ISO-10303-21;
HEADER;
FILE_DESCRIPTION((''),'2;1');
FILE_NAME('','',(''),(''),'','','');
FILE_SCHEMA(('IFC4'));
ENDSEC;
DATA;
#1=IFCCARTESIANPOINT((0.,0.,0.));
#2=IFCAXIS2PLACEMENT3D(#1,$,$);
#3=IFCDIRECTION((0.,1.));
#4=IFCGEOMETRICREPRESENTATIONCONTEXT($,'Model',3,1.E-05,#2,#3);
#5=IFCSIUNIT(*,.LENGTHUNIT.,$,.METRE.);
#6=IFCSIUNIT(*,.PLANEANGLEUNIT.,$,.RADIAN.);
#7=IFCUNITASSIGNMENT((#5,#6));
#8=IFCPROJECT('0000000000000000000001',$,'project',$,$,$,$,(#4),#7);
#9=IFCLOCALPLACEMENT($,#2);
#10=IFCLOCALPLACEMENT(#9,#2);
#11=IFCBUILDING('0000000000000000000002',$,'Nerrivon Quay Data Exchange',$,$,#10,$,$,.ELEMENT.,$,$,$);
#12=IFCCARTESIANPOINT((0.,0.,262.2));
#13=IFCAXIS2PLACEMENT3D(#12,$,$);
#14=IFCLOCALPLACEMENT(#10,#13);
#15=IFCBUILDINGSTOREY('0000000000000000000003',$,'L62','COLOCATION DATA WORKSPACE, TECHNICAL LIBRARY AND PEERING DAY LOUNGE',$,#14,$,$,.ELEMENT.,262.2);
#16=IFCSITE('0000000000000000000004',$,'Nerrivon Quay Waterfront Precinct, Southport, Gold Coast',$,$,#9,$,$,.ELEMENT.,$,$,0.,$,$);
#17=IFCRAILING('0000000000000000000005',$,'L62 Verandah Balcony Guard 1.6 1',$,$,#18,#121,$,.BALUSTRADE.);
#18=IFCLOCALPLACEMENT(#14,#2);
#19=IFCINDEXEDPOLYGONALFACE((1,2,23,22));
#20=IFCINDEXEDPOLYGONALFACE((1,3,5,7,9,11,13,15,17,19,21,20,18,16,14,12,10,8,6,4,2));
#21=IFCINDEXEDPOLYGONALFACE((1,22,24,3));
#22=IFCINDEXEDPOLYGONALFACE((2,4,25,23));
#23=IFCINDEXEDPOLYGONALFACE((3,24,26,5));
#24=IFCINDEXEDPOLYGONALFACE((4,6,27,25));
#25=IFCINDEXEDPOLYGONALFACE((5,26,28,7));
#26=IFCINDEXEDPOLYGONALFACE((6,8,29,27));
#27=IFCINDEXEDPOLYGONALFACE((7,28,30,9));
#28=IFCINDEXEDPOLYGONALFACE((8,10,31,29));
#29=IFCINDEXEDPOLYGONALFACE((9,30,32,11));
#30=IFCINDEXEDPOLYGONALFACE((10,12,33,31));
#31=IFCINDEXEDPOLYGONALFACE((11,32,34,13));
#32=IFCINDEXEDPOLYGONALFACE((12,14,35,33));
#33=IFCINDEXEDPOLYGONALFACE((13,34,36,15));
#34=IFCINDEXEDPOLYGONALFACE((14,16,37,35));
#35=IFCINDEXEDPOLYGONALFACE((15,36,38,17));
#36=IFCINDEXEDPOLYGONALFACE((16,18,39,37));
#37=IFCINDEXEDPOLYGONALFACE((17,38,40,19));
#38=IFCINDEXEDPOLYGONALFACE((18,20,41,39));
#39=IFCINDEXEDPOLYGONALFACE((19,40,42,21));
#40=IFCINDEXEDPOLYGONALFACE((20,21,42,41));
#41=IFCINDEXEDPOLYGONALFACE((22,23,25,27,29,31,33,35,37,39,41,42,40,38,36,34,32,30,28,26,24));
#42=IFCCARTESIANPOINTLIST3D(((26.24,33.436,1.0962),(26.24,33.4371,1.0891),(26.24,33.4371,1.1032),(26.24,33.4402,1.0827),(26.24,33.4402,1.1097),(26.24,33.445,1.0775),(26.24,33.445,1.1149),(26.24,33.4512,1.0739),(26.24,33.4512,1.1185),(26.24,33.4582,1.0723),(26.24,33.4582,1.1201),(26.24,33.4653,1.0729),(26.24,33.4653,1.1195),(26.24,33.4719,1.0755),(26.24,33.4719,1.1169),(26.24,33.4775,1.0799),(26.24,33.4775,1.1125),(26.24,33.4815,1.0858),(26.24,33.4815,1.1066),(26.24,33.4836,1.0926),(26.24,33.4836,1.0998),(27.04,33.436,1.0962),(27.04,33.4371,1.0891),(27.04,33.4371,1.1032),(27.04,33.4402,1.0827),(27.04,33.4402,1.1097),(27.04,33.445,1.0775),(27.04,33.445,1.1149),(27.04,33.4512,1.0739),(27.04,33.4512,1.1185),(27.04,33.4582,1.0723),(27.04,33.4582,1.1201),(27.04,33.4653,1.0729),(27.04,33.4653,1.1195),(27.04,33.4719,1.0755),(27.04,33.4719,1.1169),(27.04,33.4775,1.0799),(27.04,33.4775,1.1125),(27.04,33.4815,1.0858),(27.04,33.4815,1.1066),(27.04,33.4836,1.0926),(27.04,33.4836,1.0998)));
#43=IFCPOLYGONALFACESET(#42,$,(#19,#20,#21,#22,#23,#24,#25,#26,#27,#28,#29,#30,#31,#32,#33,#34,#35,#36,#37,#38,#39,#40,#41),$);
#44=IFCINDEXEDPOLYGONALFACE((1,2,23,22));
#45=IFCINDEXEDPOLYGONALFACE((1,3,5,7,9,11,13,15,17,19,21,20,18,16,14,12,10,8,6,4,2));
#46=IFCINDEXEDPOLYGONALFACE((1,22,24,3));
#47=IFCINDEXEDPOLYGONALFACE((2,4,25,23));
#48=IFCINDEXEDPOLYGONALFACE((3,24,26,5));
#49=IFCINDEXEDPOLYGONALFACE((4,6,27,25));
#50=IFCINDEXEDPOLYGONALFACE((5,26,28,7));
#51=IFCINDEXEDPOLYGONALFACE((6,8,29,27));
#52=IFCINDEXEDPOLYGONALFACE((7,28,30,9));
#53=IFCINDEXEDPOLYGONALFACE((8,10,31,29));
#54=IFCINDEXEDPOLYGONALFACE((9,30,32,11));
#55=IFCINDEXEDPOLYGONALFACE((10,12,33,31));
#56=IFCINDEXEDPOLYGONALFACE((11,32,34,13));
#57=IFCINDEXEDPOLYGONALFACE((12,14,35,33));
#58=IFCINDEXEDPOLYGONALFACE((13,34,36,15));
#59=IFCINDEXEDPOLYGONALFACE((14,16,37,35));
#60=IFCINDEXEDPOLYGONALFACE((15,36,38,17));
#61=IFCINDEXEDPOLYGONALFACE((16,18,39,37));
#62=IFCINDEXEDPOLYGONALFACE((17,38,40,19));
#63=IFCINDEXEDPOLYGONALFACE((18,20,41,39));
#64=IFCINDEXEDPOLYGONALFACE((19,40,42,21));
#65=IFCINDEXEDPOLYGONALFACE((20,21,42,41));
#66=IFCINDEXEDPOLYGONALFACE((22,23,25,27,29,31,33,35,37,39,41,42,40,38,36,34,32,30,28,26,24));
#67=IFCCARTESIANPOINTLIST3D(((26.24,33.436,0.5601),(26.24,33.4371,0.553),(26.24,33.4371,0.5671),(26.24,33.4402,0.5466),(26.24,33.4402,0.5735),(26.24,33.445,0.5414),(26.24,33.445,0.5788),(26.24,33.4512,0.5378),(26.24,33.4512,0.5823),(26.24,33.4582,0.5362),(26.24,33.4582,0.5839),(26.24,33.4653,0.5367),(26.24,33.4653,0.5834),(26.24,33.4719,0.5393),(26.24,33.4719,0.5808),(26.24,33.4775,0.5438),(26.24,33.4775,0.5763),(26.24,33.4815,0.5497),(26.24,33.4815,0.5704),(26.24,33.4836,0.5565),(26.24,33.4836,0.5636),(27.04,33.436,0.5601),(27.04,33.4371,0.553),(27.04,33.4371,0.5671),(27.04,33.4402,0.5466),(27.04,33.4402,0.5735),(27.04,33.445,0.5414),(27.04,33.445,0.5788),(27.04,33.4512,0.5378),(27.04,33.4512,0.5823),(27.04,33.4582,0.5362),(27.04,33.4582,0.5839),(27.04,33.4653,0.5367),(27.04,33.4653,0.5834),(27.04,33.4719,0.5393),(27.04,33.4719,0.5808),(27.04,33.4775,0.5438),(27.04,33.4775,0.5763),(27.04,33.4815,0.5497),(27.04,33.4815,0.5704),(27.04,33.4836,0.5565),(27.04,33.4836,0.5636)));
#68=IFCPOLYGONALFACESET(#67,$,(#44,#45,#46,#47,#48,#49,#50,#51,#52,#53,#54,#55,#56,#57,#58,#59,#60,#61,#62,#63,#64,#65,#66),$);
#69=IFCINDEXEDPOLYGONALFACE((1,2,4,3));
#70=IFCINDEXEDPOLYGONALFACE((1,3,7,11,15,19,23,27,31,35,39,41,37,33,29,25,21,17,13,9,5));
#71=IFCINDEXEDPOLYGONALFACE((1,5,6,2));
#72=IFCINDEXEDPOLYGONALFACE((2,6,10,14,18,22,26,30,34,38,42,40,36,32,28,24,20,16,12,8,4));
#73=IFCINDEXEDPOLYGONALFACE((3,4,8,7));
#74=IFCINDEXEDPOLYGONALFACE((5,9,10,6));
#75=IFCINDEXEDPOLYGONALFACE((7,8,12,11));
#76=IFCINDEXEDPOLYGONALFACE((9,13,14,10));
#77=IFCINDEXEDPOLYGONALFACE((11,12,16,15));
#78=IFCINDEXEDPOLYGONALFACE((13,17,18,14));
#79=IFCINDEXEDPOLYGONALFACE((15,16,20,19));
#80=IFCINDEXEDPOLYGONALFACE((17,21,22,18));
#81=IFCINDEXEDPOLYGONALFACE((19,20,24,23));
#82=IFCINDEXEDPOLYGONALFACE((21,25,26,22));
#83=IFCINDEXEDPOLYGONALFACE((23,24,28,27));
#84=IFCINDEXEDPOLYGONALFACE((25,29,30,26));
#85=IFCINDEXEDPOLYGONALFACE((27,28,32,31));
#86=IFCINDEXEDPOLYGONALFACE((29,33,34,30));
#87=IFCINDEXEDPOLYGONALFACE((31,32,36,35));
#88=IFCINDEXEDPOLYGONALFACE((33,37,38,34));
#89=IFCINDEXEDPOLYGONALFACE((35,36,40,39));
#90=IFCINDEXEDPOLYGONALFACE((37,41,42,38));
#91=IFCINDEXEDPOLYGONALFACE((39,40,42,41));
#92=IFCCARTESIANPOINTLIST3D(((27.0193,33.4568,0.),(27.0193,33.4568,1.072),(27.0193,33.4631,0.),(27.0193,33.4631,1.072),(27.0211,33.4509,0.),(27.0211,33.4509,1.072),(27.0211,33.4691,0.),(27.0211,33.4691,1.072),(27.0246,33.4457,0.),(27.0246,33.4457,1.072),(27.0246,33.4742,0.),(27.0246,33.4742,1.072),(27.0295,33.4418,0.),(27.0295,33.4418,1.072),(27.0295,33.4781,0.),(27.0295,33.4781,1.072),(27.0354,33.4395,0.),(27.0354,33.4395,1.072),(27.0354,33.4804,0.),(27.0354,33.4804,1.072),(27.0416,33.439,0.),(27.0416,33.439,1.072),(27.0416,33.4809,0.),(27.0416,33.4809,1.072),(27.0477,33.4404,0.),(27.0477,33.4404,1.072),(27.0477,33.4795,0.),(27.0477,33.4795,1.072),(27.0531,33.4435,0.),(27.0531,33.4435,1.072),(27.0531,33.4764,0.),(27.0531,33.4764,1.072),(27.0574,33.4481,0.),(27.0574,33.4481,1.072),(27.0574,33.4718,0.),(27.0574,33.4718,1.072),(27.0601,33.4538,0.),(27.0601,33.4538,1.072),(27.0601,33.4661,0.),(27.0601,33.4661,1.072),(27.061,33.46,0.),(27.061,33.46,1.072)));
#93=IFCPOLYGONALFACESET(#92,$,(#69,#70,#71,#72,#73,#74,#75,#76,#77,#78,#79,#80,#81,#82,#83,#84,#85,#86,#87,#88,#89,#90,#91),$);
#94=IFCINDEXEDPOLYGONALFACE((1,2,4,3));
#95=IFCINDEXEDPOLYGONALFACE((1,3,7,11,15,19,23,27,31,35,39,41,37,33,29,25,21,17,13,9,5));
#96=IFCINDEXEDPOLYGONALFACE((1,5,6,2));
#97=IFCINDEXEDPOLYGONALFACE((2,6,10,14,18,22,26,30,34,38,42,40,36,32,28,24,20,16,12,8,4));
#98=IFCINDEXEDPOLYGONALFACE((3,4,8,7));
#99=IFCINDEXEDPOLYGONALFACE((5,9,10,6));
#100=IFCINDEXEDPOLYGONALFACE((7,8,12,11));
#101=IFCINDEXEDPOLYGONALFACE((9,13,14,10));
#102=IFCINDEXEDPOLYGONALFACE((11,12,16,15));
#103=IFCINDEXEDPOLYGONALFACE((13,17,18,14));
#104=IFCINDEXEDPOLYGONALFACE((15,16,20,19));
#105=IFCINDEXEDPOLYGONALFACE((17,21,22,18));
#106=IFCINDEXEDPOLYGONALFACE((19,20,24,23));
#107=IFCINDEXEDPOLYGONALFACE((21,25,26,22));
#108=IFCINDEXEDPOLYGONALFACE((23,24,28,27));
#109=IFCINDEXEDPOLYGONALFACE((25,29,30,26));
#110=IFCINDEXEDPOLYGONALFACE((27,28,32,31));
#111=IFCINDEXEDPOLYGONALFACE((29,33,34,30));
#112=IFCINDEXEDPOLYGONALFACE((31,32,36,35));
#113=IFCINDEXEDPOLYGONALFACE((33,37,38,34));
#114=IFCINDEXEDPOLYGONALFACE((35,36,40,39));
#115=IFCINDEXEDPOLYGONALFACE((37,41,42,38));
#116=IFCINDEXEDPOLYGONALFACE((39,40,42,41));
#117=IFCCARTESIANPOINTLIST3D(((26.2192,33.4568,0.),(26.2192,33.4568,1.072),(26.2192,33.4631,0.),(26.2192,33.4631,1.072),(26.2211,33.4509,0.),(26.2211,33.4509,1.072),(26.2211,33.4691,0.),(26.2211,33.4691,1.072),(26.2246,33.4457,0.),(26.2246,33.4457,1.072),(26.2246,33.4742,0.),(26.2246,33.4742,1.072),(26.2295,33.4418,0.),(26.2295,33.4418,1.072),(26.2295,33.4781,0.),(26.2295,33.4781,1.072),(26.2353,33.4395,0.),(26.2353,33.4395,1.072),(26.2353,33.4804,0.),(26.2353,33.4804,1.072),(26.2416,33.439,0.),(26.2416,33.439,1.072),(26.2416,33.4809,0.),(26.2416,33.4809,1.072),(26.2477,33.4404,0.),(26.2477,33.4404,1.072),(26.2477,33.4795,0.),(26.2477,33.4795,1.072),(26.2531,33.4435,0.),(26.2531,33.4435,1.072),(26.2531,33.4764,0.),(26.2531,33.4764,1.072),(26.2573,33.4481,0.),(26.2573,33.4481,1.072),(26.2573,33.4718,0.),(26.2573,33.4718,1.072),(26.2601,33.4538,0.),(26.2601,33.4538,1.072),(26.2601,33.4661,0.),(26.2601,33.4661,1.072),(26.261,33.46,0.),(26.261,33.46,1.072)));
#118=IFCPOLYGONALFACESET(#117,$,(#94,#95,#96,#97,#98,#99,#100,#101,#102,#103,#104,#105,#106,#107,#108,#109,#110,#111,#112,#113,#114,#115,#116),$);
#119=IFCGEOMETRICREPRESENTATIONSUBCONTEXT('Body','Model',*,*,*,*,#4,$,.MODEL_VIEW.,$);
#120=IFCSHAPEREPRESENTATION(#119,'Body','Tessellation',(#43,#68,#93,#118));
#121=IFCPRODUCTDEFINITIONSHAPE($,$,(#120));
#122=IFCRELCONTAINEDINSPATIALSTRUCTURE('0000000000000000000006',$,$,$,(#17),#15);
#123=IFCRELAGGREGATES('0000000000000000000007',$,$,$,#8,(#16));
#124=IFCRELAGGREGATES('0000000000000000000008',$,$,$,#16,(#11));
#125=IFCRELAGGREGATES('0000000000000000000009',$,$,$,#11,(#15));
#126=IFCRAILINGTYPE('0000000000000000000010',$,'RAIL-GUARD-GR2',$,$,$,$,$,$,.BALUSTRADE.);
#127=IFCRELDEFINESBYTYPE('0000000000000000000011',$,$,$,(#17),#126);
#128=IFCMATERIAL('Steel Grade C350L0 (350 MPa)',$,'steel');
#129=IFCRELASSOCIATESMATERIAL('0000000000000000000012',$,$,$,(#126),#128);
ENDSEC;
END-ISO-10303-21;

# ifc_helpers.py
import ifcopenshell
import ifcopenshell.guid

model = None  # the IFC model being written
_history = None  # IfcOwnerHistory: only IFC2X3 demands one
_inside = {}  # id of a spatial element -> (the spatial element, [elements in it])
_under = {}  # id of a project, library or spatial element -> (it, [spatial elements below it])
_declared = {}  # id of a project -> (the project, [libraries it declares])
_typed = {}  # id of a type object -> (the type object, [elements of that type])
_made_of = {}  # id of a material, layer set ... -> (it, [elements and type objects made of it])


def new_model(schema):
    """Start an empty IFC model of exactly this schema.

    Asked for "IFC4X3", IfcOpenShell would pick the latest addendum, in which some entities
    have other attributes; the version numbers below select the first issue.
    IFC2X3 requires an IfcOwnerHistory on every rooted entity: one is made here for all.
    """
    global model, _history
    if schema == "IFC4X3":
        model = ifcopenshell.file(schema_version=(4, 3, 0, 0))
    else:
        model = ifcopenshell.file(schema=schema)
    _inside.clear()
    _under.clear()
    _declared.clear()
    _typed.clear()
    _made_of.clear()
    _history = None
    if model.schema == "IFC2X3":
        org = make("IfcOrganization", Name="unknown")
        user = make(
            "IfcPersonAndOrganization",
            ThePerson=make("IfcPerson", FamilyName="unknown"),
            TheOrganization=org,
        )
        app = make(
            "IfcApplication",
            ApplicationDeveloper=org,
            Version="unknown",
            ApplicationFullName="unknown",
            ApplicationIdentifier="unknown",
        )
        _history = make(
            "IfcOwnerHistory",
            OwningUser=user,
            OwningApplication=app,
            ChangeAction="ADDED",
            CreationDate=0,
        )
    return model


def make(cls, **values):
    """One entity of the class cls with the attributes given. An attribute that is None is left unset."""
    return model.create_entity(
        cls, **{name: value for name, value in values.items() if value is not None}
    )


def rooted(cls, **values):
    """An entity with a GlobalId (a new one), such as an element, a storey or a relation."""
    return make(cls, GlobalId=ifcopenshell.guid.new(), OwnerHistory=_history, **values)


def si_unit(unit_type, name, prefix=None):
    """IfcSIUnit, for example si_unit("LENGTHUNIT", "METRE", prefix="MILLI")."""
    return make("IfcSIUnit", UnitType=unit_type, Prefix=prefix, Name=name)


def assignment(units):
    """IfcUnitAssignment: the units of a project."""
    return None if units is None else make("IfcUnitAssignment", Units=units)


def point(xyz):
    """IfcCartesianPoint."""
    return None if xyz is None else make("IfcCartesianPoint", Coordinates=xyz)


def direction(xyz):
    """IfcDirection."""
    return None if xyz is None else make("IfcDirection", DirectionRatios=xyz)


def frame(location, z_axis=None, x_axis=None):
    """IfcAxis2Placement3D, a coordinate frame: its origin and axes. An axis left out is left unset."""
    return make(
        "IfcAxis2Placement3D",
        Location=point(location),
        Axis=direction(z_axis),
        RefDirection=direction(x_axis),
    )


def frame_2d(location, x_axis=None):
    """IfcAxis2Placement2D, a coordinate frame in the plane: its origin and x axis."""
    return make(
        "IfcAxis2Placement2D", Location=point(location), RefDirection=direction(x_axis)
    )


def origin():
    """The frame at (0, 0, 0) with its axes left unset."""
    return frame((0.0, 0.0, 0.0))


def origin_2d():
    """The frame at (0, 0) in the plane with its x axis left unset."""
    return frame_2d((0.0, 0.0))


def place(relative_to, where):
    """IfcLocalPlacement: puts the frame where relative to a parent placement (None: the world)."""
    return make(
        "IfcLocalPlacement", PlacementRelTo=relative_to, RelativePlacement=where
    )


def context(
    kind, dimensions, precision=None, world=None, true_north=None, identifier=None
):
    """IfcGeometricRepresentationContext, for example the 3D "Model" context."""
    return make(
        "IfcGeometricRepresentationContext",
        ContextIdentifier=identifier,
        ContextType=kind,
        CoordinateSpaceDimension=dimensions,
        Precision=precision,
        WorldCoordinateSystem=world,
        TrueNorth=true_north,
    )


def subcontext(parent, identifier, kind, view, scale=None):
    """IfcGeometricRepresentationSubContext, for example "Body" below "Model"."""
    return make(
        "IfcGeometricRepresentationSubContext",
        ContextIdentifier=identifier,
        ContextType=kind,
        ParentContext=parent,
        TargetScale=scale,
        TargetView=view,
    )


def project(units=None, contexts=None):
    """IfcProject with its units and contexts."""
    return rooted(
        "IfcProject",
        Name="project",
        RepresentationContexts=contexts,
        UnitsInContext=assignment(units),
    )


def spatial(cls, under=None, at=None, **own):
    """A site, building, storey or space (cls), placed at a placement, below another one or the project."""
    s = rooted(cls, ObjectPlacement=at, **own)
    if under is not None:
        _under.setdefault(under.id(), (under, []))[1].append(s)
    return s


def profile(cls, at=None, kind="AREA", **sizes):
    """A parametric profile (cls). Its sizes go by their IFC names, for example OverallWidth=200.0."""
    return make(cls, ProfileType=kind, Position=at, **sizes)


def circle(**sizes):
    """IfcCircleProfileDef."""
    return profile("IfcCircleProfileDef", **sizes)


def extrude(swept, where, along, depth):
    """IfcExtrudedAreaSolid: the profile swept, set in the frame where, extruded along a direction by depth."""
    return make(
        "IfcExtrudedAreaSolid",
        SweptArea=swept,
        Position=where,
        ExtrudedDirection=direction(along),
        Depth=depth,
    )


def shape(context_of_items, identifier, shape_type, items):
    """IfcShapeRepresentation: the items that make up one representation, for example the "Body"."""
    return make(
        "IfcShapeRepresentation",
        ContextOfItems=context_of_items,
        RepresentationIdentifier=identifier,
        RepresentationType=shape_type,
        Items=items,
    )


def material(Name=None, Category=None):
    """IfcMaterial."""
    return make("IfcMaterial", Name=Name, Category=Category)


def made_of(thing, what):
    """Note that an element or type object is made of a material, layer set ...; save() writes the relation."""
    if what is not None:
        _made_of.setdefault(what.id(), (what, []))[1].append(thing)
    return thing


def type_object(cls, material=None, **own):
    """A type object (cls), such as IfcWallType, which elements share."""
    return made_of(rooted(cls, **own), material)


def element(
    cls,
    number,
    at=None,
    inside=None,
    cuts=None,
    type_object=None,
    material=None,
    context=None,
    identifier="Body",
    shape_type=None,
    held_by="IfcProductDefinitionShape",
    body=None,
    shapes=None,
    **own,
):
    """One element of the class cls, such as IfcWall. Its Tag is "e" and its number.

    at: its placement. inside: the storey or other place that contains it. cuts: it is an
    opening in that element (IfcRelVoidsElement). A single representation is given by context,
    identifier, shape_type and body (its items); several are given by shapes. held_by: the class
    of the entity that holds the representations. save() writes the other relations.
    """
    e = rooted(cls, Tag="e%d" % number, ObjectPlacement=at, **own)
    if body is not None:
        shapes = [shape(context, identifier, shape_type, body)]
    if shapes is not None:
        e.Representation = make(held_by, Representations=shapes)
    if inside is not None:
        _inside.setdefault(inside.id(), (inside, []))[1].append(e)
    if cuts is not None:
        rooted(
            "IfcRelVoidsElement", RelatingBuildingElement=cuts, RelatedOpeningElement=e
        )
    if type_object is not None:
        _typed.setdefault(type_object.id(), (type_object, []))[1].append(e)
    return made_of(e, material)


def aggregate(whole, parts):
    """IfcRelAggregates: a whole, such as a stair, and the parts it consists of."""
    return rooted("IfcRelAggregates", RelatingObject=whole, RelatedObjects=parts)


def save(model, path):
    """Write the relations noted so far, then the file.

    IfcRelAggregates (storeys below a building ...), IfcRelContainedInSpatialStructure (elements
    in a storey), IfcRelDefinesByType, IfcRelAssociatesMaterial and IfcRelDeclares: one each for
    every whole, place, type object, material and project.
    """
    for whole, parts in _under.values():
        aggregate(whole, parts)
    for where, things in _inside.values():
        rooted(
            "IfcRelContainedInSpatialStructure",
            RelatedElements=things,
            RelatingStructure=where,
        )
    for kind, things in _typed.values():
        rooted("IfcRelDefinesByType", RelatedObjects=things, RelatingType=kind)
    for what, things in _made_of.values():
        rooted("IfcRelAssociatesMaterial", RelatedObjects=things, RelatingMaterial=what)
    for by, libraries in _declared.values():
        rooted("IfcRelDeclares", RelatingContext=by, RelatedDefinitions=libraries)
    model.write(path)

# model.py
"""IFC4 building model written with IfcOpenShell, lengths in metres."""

from ifc_helpers import new_model, si_unit, direction, frame, origin, origin_2d, place, context, subcontext, project, spatial, circle, extrude, material, type_object, element, save


model = new_model("IFC4")

# Units and contexts
model_context = context("Model", 3, precision=1e-05, world=origin(), true_north=direction((0.0, 1.0)))
body_context = subcontext(model_context, "Body", "Model", "MODEL_VIEW")
ifc_project = project(units=[si_unit("LENGTHUNIT", "METRE"), si_unit("PLANEANGLEUNIT", "RADIAN")], contexts=[model_context])

# Site, building, storey
site_placement = place(None, origin())
site = spatial("IfcSite", under=ifc_project, at=site_placement, Name="Nerrivon Quay Waterfront Precinct, Southport, Gold Coast", CompositionType="ELEMENT", RefElevation=0.0)
building_placement = place(site_placement, origin())
building = spatial("IfcBuilding", under=site, at=building_placement, Name="Nerrivon Quay Data Exchange", CompositionType="ELEMENT")
storey_placement = place(building_placement, frame((0.0, 0.0, 262.2)))
storey = spatial("IfcBuildingStorey", under=building, at=storey_placement, Name="L62", Description="COLOCATION DATA WORKSPACE, TECHNICAL LIBRARY AND PEERING DAY LOUNGE", CompositionType="ELEMENT", Elevation=262.2)

# Shared definitions
ifc_material_1 = material(Name="Steel Grade C350L0 (350 MPa)", Category="steel")

# Railing
railing_type = type_object("IfcRailingType", Name="RAIL-GUARD-GR2", PredefinedType="BALUSTRADE", material=ifc_material_1)
railing_1_placement = place(storey_placement, frame((27.04, 33.46, 0.0)))
element("IfcRailing", 1, at=railing_1_placement, inside=storey, type_object=railing_type, Name="L62 Verandah Balcony Guard 1.6 1", PredefinedType="BALUSTRADE", context=body_context, shape_type="SweptSolid", body=[
    extrude(circle(Radius=0.0239, at=origin_2d()), frame((0.0, 0.0, 1.0962), z_axis=(-1.0, 0.0, 0.0), x_axis=(0.0, -1.0, 0.0)), (0.0, 0.0, 1.0), 0.8),
    extrude(circle(Radius=0.0239, at=origin_2d()), frame((0.0, 0.0, 0.5601), z_axis=(-1.0, 0.0, 0.0), x_axis=(0.0, -1.0, 0.0)), (0.0, 0.0, 1.0), 0.8),
    extrude(circle(Radius=0.021, at=origin_2d()), origin(), (0.0, 0.0, 1.0), 1.072),
    extrude(circle(Radius=0.021, at=origin_2d()), frame((-0.8, 0.0, 0.0)), (0.0, 0.0, 1.0), 1.072),
])

save(model, "model.ifc")
